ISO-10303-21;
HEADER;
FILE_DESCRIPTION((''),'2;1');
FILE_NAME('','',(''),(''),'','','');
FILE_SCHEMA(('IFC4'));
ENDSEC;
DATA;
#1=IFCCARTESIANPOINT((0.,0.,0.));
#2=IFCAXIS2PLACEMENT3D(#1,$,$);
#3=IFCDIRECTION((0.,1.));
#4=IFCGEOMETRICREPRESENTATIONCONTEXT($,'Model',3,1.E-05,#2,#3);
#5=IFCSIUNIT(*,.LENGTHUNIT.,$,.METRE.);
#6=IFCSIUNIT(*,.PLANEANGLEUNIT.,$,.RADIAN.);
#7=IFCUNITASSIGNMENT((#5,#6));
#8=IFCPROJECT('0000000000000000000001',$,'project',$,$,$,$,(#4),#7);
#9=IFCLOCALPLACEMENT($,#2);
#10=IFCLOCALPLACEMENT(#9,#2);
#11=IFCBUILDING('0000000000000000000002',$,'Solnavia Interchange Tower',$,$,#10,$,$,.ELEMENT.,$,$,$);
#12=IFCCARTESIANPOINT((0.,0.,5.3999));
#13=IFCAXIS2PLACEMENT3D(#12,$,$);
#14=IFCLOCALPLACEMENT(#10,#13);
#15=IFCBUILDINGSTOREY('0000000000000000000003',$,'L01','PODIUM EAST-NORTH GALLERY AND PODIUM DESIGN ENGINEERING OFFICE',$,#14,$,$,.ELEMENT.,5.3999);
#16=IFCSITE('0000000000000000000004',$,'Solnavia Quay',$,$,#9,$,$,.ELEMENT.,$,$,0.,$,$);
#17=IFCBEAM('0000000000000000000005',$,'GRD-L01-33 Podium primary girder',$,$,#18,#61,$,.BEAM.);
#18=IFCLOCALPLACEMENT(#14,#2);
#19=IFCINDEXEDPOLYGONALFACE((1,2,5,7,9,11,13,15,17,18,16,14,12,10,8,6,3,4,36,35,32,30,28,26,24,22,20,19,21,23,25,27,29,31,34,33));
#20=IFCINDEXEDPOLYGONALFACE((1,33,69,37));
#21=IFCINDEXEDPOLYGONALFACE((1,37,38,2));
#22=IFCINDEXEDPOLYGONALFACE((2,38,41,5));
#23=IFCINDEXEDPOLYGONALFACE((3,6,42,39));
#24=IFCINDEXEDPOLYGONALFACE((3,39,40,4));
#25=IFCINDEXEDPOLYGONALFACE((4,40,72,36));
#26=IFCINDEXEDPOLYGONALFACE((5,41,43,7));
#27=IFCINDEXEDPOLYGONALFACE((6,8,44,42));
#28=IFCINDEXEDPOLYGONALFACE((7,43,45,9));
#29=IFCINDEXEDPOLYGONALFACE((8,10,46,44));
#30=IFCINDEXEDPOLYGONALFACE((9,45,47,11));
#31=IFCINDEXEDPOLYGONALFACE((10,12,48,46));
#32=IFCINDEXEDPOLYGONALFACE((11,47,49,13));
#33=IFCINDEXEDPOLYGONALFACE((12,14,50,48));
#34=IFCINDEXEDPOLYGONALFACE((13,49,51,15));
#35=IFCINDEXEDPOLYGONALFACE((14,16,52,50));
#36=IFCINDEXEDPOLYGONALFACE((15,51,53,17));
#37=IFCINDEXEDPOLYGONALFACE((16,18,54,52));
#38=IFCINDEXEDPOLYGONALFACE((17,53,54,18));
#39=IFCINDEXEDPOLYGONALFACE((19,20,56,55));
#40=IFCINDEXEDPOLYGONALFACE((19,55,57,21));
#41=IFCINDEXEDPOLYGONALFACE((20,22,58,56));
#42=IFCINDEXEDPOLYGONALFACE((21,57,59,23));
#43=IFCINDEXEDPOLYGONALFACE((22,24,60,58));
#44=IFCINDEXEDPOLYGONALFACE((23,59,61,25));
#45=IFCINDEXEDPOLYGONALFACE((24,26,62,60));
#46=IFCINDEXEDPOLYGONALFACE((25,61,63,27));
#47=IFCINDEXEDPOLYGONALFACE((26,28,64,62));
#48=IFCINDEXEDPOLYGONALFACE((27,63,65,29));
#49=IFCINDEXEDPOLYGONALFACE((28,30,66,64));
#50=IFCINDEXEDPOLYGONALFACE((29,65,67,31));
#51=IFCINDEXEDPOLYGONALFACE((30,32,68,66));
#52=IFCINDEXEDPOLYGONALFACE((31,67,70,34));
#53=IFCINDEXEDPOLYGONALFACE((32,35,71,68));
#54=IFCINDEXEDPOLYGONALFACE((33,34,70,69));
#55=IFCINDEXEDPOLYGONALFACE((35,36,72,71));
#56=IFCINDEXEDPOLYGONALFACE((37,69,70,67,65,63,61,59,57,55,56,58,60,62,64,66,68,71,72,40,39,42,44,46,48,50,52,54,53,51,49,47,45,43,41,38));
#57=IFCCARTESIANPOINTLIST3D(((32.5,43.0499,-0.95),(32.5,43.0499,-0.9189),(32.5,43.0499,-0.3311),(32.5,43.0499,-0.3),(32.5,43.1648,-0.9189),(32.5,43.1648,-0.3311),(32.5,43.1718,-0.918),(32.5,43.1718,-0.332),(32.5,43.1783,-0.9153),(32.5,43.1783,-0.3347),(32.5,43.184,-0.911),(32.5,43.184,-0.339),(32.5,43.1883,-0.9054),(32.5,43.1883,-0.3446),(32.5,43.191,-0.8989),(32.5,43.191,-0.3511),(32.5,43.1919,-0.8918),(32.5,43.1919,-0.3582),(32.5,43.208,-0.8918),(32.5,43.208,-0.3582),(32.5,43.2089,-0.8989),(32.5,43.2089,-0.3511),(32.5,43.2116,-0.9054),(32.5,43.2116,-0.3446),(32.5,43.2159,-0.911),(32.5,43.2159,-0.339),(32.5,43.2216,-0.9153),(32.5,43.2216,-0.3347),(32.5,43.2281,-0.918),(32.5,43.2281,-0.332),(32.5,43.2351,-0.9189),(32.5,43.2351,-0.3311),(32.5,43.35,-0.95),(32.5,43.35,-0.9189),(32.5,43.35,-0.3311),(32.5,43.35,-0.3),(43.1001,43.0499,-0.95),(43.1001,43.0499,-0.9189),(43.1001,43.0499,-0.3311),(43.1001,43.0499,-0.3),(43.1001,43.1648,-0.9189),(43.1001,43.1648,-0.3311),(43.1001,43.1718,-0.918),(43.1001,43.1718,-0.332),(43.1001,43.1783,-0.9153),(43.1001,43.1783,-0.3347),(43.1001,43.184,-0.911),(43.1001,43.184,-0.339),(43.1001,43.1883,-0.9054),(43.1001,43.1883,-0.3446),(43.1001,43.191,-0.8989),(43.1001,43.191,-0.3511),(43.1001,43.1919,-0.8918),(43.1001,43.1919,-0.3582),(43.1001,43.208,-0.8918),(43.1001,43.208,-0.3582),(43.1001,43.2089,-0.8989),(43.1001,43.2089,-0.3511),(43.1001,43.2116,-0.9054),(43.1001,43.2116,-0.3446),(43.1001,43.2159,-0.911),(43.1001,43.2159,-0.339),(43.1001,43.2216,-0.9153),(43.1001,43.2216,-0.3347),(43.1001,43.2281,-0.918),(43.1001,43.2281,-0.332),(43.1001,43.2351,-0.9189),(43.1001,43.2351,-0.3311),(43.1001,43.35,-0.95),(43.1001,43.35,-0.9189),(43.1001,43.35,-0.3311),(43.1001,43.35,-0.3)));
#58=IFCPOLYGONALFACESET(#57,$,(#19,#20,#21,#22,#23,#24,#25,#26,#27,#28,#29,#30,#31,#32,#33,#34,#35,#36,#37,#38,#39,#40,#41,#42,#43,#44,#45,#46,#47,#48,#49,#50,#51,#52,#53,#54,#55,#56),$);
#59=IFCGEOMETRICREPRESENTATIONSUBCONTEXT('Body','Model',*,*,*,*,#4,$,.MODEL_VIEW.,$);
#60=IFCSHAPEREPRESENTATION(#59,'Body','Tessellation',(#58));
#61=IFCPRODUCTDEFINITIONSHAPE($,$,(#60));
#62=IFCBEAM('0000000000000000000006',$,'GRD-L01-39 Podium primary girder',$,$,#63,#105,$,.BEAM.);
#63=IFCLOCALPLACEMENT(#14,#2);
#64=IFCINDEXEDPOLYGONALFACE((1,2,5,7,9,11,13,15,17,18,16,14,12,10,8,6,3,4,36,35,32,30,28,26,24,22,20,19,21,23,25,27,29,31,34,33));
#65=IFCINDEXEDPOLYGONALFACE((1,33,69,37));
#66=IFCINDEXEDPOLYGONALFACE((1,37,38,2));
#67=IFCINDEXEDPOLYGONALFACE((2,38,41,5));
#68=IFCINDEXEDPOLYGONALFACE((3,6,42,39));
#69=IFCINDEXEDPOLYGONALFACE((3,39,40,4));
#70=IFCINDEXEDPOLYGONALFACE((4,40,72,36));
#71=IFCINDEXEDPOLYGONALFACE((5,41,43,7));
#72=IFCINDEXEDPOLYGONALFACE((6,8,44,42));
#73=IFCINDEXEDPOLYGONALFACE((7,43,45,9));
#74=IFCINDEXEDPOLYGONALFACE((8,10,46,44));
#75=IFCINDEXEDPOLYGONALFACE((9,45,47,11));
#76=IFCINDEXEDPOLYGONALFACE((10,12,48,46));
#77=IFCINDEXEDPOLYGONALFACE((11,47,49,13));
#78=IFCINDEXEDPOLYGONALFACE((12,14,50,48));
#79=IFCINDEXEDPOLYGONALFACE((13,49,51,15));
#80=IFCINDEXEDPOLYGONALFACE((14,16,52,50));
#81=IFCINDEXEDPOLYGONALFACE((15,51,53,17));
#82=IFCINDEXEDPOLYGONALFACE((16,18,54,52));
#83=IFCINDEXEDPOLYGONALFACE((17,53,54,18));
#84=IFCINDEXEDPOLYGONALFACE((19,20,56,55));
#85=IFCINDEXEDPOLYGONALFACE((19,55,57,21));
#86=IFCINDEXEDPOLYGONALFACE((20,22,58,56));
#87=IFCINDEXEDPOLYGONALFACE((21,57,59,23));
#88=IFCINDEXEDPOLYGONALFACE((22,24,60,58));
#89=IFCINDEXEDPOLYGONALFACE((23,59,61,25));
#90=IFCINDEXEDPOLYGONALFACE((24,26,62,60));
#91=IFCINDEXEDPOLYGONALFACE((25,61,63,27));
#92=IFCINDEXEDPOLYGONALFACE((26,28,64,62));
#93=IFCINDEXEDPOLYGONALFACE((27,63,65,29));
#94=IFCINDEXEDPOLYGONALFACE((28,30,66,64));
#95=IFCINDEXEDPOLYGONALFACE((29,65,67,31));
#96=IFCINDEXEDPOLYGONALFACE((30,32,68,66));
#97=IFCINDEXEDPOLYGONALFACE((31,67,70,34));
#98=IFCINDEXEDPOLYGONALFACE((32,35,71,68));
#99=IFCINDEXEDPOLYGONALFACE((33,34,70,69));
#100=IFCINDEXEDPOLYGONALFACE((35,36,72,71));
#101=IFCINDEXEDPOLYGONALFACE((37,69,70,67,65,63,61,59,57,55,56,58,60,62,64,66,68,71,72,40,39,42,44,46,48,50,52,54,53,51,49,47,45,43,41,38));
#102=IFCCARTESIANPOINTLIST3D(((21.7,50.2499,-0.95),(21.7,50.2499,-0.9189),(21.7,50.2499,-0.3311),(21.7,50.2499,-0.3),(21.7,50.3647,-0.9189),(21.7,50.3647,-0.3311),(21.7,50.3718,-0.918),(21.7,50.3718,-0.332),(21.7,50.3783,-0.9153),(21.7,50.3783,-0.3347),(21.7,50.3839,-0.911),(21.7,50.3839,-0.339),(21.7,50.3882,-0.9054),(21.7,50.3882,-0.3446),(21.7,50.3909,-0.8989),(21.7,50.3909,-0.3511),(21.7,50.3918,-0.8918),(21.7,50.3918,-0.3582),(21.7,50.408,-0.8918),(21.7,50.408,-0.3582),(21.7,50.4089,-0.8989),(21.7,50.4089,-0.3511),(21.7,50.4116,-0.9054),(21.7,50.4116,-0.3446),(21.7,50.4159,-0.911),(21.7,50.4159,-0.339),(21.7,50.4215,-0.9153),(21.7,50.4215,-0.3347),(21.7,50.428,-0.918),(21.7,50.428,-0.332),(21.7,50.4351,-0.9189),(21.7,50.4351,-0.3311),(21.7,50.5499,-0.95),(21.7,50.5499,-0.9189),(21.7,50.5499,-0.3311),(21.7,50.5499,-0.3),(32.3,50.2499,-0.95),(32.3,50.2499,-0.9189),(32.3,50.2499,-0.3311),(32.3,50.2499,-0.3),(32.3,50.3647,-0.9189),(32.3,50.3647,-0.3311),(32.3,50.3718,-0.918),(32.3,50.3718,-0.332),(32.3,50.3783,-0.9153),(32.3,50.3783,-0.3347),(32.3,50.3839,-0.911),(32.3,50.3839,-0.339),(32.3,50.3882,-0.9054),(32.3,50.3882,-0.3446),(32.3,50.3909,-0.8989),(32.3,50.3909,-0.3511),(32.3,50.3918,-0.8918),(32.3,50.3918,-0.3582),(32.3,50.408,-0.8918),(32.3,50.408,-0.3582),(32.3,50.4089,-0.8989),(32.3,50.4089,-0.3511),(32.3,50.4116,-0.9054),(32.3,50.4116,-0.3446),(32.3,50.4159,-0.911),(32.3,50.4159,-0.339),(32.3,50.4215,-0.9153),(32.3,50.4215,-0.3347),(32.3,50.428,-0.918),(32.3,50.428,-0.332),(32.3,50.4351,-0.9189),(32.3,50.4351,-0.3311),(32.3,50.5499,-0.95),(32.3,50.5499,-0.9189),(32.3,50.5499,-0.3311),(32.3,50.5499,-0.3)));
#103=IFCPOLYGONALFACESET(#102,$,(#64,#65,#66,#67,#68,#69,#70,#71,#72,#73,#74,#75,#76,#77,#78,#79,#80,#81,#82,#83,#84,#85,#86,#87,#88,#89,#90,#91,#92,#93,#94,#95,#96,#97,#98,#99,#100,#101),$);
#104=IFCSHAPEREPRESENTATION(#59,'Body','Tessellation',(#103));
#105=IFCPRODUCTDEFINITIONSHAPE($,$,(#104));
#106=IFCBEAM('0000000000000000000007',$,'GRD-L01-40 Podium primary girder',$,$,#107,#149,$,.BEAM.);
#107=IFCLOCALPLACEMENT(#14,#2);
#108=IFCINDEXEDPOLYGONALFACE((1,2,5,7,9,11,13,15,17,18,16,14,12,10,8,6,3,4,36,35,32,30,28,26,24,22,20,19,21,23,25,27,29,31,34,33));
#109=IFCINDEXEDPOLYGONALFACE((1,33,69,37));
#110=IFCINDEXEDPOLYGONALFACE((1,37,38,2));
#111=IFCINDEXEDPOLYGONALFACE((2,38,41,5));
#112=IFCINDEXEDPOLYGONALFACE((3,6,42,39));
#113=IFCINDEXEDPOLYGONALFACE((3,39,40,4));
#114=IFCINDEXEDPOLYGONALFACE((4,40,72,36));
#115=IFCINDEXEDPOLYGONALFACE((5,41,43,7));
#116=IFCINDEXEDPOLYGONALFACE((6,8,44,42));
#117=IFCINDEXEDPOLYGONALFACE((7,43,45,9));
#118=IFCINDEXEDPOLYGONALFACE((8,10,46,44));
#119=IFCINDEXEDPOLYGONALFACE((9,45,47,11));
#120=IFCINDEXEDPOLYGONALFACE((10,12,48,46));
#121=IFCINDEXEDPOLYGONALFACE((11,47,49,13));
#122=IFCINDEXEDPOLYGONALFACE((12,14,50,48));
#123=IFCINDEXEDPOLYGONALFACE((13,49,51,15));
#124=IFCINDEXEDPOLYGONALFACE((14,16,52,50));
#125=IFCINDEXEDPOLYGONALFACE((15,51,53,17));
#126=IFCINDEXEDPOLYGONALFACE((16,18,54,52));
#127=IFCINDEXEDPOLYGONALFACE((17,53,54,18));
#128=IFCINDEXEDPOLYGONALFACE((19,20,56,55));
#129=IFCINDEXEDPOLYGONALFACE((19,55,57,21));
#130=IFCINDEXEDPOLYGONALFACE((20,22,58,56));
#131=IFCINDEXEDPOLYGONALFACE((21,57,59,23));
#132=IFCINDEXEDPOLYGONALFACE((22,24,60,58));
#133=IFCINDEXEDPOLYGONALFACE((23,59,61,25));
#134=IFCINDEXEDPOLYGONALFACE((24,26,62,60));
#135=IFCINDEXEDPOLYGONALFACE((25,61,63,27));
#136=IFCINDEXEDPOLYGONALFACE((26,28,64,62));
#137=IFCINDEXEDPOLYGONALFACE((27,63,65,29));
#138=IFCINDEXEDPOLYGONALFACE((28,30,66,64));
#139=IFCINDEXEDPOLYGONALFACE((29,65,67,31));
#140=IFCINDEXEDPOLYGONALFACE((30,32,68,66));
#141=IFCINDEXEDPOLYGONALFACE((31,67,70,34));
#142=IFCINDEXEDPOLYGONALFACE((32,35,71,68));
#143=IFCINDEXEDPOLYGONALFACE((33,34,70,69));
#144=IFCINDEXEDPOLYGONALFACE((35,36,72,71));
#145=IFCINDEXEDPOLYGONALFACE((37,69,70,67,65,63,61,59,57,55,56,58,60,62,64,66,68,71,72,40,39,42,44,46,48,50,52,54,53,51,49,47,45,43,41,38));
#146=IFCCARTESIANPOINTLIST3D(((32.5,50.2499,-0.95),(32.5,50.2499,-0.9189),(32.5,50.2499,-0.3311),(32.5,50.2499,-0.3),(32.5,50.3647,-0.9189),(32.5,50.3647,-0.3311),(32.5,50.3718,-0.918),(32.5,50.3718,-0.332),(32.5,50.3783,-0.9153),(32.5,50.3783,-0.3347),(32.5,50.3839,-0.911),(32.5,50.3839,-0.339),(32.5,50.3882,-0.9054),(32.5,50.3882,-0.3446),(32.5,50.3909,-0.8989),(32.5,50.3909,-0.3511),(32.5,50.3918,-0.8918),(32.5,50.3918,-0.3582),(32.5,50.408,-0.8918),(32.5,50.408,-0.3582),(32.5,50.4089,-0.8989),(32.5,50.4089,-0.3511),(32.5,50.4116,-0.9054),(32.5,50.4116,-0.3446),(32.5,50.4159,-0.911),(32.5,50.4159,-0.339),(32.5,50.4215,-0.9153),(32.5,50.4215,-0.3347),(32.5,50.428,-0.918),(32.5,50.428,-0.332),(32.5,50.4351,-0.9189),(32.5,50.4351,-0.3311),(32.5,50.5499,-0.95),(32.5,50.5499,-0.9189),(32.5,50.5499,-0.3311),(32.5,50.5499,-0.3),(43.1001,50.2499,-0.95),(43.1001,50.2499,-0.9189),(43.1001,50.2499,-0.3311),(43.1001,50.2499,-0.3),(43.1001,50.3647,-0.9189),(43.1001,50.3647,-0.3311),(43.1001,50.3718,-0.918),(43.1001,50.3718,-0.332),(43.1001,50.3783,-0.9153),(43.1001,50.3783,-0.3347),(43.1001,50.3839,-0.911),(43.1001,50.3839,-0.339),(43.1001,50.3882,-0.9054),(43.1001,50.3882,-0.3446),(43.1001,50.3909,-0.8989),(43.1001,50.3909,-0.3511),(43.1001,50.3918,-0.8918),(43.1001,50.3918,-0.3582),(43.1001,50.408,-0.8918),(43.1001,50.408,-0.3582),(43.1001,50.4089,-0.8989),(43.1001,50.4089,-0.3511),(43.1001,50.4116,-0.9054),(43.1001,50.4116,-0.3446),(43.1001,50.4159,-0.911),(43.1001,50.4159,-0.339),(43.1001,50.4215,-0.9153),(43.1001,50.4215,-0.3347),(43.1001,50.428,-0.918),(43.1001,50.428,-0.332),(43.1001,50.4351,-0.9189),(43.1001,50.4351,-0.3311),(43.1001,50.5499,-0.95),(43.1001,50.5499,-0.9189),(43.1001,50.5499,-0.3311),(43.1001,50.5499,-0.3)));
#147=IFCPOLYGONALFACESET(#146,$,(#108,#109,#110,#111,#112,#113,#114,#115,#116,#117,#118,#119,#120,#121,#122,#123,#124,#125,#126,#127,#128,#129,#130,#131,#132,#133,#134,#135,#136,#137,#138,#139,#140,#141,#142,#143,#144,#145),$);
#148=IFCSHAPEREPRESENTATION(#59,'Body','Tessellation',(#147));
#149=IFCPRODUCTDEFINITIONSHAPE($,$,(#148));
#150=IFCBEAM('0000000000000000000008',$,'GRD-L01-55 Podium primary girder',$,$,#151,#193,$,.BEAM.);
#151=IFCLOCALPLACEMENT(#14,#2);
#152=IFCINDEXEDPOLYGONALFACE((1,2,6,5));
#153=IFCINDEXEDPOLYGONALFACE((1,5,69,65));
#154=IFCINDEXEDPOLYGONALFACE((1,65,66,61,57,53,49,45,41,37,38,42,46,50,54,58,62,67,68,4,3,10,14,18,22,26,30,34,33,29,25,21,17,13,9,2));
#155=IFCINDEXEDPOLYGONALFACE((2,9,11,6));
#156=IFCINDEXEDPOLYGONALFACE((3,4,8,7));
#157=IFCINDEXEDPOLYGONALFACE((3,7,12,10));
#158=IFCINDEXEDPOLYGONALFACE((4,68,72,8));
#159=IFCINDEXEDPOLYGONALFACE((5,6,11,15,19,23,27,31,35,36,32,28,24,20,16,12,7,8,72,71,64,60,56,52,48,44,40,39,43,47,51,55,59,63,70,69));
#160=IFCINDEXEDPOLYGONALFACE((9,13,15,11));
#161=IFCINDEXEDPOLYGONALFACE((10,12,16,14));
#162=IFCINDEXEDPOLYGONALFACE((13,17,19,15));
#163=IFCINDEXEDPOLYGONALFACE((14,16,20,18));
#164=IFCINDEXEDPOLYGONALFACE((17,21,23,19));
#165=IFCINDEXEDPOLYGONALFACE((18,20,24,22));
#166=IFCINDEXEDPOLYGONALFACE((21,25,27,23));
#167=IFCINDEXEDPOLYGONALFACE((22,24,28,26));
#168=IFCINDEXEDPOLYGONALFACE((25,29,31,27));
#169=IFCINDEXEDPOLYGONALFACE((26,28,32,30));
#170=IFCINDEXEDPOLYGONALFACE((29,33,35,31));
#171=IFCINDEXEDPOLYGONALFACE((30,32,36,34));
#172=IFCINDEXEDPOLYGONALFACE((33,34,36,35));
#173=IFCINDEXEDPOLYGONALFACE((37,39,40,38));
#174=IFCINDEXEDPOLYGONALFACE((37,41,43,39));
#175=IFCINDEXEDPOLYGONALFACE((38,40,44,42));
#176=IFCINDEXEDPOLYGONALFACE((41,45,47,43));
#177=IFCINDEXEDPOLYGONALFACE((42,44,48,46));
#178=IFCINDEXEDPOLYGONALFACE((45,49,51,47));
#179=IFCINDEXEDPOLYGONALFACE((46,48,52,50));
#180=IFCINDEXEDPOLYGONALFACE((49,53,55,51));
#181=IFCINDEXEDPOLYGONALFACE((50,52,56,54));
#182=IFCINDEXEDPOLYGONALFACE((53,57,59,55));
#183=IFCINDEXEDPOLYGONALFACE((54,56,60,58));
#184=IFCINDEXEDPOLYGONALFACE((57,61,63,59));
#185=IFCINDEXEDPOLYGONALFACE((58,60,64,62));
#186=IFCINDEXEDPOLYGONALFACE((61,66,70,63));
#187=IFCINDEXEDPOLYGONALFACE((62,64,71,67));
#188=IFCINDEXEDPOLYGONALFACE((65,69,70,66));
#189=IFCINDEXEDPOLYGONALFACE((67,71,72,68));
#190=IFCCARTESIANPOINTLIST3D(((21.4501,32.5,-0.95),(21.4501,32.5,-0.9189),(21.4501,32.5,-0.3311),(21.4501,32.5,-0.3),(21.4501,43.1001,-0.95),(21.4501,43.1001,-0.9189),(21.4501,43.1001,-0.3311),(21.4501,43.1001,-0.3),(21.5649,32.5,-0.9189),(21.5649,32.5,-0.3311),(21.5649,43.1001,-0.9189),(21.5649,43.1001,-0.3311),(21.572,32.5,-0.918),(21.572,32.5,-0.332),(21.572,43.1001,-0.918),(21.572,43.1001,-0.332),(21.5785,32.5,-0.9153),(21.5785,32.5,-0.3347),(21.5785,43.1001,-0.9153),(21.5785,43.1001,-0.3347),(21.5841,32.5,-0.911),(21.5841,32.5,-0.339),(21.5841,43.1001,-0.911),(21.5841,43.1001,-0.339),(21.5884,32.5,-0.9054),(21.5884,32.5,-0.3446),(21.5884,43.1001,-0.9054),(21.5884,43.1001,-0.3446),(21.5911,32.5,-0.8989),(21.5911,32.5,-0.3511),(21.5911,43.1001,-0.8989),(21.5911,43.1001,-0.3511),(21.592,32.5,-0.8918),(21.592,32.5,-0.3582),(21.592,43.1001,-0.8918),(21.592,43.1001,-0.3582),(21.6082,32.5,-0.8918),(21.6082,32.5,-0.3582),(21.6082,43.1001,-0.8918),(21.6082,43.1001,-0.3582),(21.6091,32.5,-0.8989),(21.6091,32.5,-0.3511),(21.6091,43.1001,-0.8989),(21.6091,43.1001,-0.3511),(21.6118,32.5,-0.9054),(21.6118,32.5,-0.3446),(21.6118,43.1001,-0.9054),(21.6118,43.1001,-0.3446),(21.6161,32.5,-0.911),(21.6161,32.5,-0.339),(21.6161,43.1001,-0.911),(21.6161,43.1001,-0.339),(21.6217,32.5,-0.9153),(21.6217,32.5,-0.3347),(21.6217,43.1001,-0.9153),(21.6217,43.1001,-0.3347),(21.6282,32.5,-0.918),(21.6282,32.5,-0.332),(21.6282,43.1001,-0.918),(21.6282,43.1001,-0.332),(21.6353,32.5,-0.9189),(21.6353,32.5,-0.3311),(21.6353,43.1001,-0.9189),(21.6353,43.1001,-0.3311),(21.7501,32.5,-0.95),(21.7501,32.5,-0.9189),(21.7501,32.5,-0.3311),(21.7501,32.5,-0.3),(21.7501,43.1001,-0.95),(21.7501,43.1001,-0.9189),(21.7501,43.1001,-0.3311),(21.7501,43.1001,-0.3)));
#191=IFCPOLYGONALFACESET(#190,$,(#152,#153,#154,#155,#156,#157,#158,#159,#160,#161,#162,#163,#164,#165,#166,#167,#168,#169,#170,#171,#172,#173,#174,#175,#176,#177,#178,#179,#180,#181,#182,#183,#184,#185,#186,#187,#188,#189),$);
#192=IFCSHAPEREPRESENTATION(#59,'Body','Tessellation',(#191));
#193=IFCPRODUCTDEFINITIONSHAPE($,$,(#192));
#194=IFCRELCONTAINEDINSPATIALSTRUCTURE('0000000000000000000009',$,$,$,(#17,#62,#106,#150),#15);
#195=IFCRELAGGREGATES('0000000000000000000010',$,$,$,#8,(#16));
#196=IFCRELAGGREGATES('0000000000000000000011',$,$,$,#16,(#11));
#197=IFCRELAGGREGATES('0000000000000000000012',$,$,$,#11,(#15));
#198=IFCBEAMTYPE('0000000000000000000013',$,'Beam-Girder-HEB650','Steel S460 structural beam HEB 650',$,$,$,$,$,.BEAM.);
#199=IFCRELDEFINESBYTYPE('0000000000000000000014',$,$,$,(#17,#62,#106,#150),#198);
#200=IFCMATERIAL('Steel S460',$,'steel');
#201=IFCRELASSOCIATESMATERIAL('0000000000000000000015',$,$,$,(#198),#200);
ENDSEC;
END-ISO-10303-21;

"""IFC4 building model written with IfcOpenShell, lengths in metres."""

from ifc_helpers import new_model, si_unit, direction, frame, origin, origin_2d, place, context, subcontext, project, spatial, i_section, extrude, material, material_profile, profile_set, type_object, element, save


model = new_model("IFC4")

# Units and contexts
model_context = context("Model", 3, precision=1e-05, world=origin(), true_north=direction((0.0, 1.0)))
body_context = subcontext(model_context, "Body", "Model", "MODEL_VIEW")
ifc_project = project(units=[si_unit("LENGTHUNIT", "METRE"), si_unit("PLANEANGLEUNIT", "RADIAN")], contexts=[model_context])

# Site, building, storey
site_placement = place(None, origin())
site = spatial("IfcSite", under=ifc_project, at=site_placement, Name="Solnavia Quay", CompositionType="ELEMENT", RefElevation=0.0)
building_placement = place(site_placement, origin())
building = spatial("IfcBuilding", under=site, at=building_placement, Name="Solnavia Interchange Tower", CompositionType="ELEMENT")
storey_placement = place(building_placement, frame((0.0, 0.0, 5.3999)))
storey = spatial("IfcBuildingStorey", under=building, at=storey_placement, Name="L01", Description="PODIUM EAST-NORTH GALLERY AND PODIUM DESIGN ENGINEERING OFFICE", CompositionType="ELEMENT", Elevation=5.3999)

# Beams
ifc_material_1 = material(Name="Steel S460", Category="steel")
ifc_material_profile_1 = material_profile(ifc_material_1, i_section(OverallWidth=0.3, OverallDepth=0.6499, WebThickness=0.0161, FlangeThickness=0.031, FilletRadius=0.0271, at=origin_2d()), Name="HEB 650")
ifc_profile_set_1 = profile_set([ifc_material_profile_1], Name="Steel S460")
beam_type_1 = type_object("IfcBeamType", Name="Beam-Girder-HEB650", Description="Steel S460 structural beam HEB 650", PredefinedType="BEAM", material=ifc_profile_set_1)
for number, where, z_axis, x_axis, name in (
    (1, (32.5, 43.2, -0.625), (1.0, 0.0, 0.0), (0.0, 1.0, 0.0), "GRD-L01-33 Podium primary girder"),
    (2, (21.7, 50.3999, -0.625), (1.0, 0.0, 0.0), (0.0, 1.0, 0.0), "GRD-L01-39 Podium primary girder"),
    (3, (32.5, 50.3999, -0.625), (1.0, 0.0, 0.0), (0.0, 1.0, 0.0), "GRD-L01-40 Podium primary girder"),
    (4, (21.6001, 32.5, -0.625), (0.0, 1.0, 0.0), (-1.0, 0.0, 0.0), "GRD-L01-55 Podium primary girder"),
):
    element("IfcBeam", number, at=place(storey_placement, frame(where, z_axis=z_axis, x_axis=x_axis)), inside=storey, type_object=beam_type_1, Name=name, PredefinedType="BEAM", context=body_context, shape_type="SweptSolid", body=[
        extrude(i_section(OverallWidth=0.3, OverallDepth=0.6499, WebThickness=0.0161, FlangeThickness=0.031, FilletRadius=0.0271, at=origin_2d()), origin(), (0.0, 0.0, 1.0), 10.6001),
    ])

save(model, "model.ifc")
